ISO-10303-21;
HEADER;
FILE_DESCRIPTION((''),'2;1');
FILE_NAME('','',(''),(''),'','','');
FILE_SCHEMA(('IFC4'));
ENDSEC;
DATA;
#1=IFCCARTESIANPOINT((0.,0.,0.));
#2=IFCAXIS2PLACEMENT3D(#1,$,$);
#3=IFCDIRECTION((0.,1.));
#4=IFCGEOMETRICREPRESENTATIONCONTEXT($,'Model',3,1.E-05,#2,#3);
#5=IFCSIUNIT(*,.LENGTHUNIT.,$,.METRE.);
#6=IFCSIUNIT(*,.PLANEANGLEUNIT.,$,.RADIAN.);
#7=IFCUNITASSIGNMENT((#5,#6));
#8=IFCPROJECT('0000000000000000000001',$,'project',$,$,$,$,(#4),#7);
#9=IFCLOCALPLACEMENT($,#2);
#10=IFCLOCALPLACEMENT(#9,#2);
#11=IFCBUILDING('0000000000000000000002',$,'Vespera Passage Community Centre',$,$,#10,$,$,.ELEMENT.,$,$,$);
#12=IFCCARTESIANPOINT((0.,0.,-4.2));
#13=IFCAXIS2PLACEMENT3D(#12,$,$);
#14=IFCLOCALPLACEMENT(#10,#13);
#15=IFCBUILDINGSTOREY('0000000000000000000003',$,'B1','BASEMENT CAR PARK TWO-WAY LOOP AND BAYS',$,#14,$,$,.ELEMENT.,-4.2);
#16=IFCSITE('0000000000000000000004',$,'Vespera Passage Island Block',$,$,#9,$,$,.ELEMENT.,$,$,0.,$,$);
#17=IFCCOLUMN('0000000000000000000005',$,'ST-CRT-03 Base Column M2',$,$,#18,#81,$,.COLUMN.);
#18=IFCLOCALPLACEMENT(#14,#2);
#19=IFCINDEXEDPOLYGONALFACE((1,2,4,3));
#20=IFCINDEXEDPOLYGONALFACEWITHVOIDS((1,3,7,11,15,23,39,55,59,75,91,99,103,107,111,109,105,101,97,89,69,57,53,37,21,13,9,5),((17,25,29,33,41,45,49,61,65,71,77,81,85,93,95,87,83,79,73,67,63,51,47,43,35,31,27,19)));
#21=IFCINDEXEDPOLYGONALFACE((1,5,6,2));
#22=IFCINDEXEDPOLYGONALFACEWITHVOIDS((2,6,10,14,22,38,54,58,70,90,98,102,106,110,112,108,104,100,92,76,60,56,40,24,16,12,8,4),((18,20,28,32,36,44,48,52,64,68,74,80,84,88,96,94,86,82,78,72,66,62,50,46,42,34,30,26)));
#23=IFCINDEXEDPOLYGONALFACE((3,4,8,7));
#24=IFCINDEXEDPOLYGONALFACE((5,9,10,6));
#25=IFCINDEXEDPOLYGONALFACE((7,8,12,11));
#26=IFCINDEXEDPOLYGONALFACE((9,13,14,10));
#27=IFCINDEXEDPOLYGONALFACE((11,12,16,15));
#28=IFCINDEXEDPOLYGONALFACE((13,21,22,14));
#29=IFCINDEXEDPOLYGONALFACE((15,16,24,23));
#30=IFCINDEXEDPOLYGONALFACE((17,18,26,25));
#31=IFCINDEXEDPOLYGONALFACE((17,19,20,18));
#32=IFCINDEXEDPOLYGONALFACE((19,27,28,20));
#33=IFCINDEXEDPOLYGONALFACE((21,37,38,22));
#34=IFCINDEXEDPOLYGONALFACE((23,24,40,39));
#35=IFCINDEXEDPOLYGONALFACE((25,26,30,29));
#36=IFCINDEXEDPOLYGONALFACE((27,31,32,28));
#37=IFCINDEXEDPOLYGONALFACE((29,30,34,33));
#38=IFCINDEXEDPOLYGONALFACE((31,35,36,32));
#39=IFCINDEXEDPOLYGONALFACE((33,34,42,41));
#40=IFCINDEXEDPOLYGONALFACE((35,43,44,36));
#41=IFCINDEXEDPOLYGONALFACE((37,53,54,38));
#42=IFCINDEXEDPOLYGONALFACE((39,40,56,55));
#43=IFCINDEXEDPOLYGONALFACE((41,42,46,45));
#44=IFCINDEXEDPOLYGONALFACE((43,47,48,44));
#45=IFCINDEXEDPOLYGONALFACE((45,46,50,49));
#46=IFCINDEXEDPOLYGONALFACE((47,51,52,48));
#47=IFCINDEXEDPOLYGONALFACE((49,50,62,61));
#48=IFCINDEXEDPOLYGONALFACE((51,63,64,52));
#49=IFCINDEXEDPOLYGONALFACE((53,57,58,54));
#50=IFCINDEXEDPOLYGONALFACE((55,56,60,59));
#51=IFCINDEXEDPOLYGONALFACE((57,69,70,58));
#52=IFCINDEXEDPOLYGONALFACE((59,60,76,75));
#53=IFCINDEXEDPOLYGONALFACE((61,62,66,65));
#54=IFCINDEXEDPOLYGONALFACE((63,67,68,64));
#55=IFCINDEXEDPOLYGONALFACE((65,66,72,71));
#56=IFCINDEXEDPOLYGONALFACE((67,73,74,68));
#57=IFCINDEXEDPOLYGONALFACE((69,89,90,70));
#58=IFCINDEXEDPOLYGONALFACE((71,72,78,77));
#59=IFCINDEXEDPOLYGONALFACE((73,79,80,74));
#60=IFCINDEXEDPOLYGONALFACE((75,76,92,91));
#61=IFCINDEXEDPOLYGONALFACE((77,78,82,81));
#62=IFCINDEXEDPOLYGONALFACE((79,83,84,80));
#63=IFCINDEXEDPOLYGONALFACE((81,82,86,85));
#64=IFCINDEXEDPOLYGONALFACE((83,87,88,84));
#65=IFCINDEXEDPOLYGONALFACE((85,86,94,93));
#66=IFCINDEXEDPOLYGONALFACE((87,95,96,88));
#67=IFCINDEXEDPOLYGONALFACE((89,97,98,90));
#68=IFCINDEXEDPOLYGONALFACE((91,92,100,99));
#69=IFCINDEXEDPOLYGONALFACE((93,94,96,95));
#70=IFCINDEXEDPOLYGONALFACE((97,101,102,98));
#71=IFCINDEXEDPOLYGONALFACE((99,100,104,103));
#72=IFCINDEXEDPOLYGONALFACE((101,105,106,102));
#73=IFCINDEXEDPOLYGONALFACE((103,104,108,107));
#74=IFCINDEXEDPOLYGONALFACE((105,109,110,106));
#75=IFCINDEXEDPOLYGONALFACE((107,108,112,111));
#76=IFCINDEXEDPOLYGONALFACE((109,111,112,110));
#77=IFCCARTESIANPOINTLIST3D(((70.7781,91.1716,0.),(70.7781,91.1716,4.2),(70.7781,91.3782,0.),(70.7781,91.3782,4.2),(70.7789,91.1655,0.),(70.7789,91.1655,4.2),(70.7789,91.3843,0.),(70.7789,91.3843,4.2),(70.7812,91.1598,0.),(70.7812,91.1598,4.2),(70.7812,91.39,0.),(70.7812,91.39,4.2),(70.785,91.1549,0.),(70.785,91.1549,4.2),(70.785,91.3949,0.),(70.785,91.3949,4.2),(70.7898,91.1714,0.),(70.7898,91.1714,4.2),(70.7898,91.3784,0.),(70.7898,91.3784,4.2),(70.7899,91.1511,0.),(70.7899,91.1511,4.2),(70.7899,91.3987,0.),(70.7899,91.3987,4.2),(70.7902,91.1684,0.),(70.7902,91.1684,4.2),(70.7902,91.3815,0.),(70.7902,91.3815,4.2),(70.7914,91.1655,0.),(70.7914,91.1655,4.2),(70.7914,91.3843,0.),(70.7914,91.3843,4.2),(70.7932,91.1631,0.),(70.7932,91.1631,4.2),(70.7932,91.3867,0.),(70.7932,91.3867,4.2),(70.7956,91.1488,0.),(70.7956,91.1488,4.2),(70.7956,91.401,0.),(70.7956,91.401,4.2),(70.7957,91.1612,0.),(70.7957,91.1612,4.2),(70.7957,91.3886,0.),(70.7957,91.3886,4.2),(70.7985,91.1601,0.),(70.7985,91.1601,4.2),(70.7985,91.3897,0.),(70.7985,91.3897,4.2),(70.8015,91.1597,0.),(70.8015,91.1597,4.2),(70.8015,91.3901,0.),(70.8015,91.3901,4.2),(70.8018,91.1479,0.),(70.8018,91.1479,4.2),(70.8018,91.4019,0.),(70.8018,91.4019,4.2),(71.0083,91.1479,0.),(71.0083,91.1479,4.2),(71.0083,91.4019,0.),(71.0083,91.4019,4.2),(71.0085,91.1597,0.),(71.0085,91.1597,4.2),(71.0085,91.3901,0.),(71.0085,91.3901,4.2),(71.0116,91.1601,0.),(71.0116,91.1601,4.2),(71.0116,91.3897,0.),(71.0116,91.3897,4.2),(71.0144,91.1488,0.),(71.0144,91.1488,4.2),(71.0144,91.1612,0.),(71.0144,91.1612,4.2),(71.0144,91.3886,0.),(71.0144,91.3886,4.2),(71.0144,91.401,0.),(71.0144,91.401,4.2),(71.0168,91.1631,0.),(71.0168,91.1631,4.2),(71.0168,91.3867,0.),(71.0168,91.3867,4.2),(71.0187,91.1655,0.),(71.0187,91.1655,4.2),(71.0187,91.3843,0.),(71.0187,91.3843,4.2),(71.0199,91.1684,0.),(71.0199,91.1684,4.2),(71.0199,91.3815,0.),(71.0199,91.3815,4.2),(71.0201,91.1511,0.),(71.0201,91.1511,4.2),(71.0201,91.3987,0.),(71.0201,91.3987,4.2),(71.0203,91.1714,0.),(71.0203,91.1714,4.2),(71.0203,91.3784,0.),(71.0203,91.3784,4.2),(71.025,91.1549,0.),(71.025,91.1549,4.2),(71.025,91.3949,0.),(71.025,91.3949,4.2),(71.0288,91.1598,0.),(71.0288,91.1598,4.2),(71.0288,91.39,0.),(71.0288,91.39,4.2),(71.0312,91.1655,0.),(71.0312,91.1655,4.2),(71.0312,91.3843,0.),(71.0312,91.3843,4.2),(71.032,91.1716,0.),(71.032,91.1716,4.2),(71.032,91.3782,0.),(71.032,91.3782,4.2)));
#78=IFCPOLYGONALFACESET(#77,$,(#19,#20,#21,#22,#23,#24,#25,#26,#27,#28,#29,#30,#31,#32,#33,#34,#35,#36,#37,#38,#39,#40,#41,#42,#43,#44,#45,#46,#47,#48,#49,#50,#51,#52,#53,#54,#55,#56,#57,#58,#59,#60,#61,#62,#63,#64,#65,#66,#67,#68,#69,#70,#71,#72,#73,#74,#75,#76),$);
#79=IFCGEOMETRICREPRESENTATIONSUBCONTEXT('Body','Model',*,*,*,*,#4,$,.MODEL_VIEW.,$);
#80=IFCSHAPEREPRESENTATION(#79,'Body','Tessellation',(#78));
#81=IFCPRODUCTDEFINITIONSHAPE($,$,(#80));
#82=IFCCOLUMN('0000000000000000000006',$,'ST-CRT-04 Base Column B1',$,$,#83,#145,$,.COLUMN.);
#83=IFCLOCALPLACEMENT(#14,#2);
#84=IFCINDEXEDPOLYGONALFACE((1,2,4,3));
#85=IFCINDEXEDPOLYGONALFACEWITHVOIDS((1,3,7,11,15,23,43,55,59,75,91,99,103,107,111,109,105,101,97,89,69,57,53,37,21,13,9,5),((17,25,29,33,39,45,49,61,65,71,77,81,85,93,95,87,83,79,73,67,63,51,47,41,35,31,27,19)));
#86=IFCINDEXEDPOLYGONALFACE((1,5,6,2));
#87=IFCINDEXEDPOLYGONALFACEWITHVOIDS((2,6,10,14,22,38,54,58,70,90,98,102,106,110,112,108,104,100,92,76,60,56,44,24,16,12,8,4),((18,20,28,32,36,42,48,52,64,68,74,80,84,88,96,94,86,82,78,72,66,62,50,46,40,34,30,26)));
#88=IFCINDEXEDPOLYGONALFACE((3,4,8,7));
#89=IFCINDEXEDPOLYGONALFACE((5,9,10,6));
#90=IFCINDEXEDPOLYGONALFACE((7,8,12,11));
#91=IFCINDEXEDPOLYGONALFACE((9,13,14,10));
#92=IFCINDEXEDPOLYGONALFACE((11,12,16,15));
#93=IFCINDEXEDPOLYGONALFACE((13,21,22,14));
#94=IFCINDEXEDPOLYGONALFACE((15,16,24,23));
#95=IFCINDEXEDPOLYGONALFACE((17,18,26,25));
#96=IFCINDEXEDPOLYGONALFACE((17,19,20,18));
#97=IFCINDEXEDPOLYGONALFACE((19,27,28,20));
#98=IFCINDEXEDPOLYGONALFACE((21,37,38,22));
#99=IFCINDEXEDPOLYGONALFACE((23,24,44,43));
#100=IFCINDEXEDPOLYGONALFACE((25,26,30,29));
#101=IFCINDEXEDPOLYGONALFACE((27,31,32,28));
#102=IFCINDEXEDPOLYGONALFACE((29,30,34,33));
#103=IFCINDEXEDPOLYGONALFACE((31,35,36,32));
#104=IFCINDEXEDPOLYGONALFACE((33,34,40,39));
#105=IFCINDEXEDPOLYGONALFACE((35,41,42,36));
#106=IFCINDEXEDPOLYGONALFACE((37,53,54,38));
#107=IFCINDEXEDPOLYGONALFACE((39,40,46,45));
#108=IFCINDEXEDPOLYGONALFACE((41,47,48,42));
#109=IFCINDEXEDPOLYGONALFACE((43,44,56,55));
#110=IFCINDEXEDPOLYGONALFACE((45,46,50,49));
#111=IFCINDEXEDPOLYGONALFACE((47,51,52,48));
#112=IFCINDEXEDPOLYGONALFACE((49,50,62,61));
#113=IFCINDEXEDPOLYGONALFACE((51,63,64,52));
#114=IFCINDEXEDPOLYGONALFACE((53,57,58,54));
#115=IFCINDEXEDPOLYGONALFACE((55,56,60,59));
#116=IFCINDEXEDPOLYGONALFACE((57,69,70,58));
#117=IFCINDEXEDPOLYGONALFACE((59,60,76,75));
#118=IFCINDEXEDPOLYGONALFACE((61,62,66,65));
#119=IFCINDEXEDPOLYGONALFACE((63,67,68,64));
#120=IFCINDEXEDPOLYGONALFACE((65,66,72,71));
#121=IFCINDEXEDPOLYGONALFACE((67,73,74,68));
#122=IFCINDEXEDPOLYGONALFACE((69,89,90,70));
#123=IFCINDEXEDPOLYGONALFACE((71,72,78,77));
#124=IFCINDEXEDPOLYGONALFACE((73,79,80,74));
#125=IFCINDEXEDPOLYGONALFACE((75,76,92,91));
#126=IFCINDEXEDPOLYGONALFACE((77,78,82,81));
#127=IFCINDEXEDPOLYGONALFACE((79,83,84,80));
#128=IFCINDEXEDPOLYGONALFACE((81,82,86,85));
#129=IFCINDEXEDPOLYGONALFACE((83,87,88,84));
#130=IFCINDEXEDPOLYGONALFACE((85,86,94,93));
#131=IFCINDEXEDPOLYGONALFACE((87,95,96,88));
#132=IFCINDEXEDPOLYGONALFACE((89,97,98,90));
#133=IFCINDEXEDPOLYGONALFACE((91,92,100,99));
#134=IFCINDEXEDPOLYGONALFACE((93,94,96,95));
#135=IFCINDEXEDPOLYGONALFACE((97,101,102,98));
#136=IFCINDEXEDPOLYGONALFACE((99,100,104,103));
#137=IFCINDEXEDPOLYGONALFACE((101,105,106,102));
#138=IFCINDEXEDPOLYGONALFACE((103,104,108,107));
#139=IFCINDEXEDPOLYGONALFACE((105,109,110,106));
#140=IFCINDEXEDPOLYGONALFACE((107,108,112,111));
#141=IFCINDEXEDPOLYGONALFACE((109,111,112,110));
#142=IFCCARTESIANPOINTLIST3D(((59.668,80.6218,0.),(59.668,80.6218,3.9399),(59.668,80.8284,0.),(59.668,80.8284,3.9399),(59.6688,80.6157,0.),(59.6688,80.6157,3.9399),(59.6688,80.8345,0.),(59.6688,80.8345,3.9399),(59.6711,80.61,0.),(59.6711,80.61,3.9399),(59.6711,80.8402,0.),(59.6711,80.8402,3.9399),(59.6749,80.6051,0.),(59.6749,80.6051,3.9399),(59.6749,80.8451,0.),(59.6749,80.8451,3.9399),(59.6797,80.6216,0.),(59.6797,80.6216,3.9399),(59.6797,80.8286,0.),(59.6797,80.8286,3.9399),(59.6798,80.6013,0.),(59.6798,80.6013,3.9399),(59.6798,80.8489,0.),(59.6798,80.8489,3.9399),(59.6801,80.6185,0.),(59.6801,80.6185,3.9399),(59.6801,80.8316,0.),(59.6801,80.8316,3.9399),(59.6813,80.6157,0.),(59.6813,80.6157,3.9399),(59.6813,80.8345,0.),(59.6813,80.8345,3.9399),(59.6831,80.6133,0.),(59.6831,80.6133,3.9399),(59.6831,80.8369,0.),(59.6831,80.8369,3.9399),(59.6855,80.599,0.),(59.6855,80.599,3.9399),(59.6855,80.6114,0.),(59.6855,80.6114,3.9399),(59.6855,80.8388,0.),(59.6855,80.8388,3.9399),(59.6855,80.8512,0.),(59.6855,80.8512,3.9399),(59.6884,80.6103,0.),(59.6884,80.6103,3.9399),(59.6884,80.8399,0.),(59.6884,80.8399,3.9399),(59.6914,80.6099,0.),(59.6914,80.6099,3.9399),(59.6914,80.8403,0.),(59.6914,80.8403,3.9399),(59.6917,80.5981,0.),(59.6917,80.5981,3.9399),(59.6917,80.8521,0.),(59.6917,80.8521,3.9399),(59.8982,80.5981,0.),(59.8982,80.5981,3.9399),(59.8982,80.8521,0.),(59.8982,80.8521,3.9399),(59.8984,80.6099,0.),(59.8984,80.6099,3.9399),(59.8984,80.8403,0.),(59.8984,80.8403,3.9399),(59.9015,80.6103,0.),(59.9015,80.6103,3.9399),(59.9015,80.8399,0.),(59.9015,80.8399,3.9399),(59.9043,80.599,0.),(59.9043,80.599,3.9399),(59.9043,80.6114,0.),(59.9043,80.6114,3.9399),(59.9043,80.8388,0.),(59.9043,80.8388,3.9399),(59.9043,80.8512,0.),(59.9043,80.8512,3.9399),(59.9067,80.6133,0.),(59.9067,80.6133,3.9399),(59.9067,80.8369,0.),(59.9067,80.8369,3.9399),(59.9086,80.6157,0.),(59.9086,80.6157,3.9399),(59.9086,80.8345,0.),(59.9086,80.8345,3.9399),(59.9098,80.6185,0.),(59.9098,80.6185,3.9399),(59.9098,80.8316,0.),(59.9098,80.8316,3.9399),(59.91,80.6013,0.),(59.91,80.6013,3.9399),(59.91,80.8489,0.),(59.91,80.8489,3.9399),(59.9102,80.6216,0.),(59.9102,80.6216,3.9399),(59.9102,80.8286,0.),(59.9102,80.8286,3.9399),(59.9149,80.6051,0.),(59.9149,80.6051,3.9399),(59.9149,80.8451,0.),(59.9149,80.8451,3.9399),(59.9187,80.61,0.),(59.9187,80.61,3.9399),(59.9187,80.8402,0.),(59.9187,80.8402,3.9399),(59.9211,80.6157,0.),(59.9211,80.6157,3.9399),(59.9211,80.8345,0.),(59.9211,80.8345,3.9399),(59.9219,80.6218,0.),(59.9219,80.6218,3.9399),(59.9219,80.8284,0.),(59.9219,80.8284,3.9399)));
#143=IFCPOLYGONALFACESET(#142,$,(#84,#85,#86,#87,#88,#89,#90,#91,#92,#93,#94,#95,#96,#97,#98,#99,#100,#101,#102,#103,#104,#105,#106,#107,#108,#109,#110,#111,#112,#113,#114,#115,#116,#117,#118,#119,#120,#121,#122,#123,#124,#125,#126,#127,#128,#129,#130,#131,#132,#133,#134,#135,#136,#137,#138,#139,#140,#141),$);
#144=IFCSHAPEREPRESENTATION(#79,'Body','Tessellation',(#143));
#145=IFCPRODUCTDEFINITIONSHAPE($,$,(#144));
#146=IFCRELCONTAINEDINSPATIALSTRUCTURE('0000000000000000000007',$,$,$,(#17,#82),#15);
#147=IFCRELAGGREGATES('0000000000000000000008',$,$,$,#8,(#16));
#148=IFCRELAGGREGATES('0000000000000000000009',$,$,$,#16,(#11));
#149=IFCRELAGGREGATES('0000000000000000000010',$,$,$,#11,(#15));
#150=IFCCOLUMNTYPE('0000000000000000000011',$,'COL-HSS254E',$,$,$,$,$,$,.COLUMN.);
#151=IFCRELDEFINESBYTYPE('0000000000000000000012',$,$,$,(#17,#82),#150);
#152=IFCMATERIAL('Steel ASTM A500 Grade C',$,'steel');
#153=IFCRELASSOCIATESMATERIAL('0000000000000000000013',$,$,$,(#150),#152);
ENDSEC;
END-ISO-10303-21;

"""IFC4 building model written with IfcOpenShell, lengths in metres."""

from ifc_helpers import new_model, si_unit, direction, frame, origin, origin_2d, place, context, subcontext, project, spatial, hollow_rectangle, extrude, material, material_profile, profile_set, type_object, element, save


model = new_model("IFC4")

# Units and contexts
model_context = context("Model", 3, precision=1e-05, world=origin(), true_north=direction((0.0, 1.0)))
body_context = subcontext(model_context, "Body", "Model", "MODEL_VIEW")
ifc_project = project(units=[si_unit("LENGTHUNIT", "METRE"), si_unit("PLANEANGLEUNIT", "RADIAN")], contexts=[model_context])

# Site, building, storey
site_placement = place(None, origin())
site = spatial("IfcSite", under=ifc_project, at=site_placement, Name="Vespera Passage Island Block", CompositionType="ELEMENT", RefElevation=0.0)
building_placement = place(site_placement, origin())
building = spatial("IfcBuilding", under=site, at=building_placement, Name="Vespera Passage Community Centre", CompositionType="ELEMENT")
storey_placement = place(building_placement, frame((0.0, 0.0, -4.2)))
storey = spatial("IfcBuildingStorey", under=building, at=storey_placement, Name="B1", Description="BASEMENT CAR PARK TWO-WAY LOOP AND BAYS", CompositionType="ELEMENT", Elevation=-4.2)

# Columns
ifc_material_1 = material(Name="Steel ASTM A500 Grade C", Category="steel")
ifc_material_profile_1 = material_profile(ifc_material_1, hollow_rectangle(XDim=0.2539, YDim=0.2539, WallThickness=0.0117, InnerFilletRadius=0.0117, OuterFilletRadius=0.0237, at=origin_2d()), Name="HSS254X254X12.7")
ifc_profile_set_1 = profile_set([ifc_material_profile_1], Name="Steel ASTM A500 Grade C")
column_type_1 = type_object("IfcColumnType", Name="COL-HSS254E", PredefinedType="COLUMN", material=ifc_profile_set_1)
column_placement = place(storey_placement, frame((70.905, 91.2749, 0.0), z_axis=(0.0, 0.0, 1.0), x_axis=(1.0, 0.0, 0.0)))
element("IfcColumn", 1, at=column_placement, inside=storey, type_object=column_type_1, Name="ST-CRT-03 Base Column M2", PredefinedType="COLUMN", context=body_context, shape_type="SweptSolid", body=[
    extrude(hollow_rectangle(XDim=0.2539, YDim=0.2539, WallThickness=0.0117, InnerFilletRadius=0.0117, OuterFilletRadius=0.0237, at=origin_2d()), origin(), (0.0, 0.0, 1.0), 4.2),
])
for number, where, z_axis, x_axis, name in (
    (2, (59.7949, 80.7251, 0.0), (0.0, 0.0, 1.0), (1.0, 0.0, 0.0), "ST-CRT-04 Base Column B1"),
):
    element("IfcColumn", number, at=place(storey_placement, frame(where, z_axis=z_axis, x_axis=x_axis)), inside=storey, type_object=column_type_1, Name=name, PredefinedType="COLUMN", context=body_context, shape_type="SweptSolid", body=[
        extrude(hollow_rectangle(XDim=0.2539, YDim=0.2539, WallThickness=0.0117, InnerFilletRadius=0.0117, OuterFilletRadius=0.0237, at=origin_2d()), origin(), (0.0, 0.0, 1.0), 3.9399),
    ])

save(model, "model.ifc")
